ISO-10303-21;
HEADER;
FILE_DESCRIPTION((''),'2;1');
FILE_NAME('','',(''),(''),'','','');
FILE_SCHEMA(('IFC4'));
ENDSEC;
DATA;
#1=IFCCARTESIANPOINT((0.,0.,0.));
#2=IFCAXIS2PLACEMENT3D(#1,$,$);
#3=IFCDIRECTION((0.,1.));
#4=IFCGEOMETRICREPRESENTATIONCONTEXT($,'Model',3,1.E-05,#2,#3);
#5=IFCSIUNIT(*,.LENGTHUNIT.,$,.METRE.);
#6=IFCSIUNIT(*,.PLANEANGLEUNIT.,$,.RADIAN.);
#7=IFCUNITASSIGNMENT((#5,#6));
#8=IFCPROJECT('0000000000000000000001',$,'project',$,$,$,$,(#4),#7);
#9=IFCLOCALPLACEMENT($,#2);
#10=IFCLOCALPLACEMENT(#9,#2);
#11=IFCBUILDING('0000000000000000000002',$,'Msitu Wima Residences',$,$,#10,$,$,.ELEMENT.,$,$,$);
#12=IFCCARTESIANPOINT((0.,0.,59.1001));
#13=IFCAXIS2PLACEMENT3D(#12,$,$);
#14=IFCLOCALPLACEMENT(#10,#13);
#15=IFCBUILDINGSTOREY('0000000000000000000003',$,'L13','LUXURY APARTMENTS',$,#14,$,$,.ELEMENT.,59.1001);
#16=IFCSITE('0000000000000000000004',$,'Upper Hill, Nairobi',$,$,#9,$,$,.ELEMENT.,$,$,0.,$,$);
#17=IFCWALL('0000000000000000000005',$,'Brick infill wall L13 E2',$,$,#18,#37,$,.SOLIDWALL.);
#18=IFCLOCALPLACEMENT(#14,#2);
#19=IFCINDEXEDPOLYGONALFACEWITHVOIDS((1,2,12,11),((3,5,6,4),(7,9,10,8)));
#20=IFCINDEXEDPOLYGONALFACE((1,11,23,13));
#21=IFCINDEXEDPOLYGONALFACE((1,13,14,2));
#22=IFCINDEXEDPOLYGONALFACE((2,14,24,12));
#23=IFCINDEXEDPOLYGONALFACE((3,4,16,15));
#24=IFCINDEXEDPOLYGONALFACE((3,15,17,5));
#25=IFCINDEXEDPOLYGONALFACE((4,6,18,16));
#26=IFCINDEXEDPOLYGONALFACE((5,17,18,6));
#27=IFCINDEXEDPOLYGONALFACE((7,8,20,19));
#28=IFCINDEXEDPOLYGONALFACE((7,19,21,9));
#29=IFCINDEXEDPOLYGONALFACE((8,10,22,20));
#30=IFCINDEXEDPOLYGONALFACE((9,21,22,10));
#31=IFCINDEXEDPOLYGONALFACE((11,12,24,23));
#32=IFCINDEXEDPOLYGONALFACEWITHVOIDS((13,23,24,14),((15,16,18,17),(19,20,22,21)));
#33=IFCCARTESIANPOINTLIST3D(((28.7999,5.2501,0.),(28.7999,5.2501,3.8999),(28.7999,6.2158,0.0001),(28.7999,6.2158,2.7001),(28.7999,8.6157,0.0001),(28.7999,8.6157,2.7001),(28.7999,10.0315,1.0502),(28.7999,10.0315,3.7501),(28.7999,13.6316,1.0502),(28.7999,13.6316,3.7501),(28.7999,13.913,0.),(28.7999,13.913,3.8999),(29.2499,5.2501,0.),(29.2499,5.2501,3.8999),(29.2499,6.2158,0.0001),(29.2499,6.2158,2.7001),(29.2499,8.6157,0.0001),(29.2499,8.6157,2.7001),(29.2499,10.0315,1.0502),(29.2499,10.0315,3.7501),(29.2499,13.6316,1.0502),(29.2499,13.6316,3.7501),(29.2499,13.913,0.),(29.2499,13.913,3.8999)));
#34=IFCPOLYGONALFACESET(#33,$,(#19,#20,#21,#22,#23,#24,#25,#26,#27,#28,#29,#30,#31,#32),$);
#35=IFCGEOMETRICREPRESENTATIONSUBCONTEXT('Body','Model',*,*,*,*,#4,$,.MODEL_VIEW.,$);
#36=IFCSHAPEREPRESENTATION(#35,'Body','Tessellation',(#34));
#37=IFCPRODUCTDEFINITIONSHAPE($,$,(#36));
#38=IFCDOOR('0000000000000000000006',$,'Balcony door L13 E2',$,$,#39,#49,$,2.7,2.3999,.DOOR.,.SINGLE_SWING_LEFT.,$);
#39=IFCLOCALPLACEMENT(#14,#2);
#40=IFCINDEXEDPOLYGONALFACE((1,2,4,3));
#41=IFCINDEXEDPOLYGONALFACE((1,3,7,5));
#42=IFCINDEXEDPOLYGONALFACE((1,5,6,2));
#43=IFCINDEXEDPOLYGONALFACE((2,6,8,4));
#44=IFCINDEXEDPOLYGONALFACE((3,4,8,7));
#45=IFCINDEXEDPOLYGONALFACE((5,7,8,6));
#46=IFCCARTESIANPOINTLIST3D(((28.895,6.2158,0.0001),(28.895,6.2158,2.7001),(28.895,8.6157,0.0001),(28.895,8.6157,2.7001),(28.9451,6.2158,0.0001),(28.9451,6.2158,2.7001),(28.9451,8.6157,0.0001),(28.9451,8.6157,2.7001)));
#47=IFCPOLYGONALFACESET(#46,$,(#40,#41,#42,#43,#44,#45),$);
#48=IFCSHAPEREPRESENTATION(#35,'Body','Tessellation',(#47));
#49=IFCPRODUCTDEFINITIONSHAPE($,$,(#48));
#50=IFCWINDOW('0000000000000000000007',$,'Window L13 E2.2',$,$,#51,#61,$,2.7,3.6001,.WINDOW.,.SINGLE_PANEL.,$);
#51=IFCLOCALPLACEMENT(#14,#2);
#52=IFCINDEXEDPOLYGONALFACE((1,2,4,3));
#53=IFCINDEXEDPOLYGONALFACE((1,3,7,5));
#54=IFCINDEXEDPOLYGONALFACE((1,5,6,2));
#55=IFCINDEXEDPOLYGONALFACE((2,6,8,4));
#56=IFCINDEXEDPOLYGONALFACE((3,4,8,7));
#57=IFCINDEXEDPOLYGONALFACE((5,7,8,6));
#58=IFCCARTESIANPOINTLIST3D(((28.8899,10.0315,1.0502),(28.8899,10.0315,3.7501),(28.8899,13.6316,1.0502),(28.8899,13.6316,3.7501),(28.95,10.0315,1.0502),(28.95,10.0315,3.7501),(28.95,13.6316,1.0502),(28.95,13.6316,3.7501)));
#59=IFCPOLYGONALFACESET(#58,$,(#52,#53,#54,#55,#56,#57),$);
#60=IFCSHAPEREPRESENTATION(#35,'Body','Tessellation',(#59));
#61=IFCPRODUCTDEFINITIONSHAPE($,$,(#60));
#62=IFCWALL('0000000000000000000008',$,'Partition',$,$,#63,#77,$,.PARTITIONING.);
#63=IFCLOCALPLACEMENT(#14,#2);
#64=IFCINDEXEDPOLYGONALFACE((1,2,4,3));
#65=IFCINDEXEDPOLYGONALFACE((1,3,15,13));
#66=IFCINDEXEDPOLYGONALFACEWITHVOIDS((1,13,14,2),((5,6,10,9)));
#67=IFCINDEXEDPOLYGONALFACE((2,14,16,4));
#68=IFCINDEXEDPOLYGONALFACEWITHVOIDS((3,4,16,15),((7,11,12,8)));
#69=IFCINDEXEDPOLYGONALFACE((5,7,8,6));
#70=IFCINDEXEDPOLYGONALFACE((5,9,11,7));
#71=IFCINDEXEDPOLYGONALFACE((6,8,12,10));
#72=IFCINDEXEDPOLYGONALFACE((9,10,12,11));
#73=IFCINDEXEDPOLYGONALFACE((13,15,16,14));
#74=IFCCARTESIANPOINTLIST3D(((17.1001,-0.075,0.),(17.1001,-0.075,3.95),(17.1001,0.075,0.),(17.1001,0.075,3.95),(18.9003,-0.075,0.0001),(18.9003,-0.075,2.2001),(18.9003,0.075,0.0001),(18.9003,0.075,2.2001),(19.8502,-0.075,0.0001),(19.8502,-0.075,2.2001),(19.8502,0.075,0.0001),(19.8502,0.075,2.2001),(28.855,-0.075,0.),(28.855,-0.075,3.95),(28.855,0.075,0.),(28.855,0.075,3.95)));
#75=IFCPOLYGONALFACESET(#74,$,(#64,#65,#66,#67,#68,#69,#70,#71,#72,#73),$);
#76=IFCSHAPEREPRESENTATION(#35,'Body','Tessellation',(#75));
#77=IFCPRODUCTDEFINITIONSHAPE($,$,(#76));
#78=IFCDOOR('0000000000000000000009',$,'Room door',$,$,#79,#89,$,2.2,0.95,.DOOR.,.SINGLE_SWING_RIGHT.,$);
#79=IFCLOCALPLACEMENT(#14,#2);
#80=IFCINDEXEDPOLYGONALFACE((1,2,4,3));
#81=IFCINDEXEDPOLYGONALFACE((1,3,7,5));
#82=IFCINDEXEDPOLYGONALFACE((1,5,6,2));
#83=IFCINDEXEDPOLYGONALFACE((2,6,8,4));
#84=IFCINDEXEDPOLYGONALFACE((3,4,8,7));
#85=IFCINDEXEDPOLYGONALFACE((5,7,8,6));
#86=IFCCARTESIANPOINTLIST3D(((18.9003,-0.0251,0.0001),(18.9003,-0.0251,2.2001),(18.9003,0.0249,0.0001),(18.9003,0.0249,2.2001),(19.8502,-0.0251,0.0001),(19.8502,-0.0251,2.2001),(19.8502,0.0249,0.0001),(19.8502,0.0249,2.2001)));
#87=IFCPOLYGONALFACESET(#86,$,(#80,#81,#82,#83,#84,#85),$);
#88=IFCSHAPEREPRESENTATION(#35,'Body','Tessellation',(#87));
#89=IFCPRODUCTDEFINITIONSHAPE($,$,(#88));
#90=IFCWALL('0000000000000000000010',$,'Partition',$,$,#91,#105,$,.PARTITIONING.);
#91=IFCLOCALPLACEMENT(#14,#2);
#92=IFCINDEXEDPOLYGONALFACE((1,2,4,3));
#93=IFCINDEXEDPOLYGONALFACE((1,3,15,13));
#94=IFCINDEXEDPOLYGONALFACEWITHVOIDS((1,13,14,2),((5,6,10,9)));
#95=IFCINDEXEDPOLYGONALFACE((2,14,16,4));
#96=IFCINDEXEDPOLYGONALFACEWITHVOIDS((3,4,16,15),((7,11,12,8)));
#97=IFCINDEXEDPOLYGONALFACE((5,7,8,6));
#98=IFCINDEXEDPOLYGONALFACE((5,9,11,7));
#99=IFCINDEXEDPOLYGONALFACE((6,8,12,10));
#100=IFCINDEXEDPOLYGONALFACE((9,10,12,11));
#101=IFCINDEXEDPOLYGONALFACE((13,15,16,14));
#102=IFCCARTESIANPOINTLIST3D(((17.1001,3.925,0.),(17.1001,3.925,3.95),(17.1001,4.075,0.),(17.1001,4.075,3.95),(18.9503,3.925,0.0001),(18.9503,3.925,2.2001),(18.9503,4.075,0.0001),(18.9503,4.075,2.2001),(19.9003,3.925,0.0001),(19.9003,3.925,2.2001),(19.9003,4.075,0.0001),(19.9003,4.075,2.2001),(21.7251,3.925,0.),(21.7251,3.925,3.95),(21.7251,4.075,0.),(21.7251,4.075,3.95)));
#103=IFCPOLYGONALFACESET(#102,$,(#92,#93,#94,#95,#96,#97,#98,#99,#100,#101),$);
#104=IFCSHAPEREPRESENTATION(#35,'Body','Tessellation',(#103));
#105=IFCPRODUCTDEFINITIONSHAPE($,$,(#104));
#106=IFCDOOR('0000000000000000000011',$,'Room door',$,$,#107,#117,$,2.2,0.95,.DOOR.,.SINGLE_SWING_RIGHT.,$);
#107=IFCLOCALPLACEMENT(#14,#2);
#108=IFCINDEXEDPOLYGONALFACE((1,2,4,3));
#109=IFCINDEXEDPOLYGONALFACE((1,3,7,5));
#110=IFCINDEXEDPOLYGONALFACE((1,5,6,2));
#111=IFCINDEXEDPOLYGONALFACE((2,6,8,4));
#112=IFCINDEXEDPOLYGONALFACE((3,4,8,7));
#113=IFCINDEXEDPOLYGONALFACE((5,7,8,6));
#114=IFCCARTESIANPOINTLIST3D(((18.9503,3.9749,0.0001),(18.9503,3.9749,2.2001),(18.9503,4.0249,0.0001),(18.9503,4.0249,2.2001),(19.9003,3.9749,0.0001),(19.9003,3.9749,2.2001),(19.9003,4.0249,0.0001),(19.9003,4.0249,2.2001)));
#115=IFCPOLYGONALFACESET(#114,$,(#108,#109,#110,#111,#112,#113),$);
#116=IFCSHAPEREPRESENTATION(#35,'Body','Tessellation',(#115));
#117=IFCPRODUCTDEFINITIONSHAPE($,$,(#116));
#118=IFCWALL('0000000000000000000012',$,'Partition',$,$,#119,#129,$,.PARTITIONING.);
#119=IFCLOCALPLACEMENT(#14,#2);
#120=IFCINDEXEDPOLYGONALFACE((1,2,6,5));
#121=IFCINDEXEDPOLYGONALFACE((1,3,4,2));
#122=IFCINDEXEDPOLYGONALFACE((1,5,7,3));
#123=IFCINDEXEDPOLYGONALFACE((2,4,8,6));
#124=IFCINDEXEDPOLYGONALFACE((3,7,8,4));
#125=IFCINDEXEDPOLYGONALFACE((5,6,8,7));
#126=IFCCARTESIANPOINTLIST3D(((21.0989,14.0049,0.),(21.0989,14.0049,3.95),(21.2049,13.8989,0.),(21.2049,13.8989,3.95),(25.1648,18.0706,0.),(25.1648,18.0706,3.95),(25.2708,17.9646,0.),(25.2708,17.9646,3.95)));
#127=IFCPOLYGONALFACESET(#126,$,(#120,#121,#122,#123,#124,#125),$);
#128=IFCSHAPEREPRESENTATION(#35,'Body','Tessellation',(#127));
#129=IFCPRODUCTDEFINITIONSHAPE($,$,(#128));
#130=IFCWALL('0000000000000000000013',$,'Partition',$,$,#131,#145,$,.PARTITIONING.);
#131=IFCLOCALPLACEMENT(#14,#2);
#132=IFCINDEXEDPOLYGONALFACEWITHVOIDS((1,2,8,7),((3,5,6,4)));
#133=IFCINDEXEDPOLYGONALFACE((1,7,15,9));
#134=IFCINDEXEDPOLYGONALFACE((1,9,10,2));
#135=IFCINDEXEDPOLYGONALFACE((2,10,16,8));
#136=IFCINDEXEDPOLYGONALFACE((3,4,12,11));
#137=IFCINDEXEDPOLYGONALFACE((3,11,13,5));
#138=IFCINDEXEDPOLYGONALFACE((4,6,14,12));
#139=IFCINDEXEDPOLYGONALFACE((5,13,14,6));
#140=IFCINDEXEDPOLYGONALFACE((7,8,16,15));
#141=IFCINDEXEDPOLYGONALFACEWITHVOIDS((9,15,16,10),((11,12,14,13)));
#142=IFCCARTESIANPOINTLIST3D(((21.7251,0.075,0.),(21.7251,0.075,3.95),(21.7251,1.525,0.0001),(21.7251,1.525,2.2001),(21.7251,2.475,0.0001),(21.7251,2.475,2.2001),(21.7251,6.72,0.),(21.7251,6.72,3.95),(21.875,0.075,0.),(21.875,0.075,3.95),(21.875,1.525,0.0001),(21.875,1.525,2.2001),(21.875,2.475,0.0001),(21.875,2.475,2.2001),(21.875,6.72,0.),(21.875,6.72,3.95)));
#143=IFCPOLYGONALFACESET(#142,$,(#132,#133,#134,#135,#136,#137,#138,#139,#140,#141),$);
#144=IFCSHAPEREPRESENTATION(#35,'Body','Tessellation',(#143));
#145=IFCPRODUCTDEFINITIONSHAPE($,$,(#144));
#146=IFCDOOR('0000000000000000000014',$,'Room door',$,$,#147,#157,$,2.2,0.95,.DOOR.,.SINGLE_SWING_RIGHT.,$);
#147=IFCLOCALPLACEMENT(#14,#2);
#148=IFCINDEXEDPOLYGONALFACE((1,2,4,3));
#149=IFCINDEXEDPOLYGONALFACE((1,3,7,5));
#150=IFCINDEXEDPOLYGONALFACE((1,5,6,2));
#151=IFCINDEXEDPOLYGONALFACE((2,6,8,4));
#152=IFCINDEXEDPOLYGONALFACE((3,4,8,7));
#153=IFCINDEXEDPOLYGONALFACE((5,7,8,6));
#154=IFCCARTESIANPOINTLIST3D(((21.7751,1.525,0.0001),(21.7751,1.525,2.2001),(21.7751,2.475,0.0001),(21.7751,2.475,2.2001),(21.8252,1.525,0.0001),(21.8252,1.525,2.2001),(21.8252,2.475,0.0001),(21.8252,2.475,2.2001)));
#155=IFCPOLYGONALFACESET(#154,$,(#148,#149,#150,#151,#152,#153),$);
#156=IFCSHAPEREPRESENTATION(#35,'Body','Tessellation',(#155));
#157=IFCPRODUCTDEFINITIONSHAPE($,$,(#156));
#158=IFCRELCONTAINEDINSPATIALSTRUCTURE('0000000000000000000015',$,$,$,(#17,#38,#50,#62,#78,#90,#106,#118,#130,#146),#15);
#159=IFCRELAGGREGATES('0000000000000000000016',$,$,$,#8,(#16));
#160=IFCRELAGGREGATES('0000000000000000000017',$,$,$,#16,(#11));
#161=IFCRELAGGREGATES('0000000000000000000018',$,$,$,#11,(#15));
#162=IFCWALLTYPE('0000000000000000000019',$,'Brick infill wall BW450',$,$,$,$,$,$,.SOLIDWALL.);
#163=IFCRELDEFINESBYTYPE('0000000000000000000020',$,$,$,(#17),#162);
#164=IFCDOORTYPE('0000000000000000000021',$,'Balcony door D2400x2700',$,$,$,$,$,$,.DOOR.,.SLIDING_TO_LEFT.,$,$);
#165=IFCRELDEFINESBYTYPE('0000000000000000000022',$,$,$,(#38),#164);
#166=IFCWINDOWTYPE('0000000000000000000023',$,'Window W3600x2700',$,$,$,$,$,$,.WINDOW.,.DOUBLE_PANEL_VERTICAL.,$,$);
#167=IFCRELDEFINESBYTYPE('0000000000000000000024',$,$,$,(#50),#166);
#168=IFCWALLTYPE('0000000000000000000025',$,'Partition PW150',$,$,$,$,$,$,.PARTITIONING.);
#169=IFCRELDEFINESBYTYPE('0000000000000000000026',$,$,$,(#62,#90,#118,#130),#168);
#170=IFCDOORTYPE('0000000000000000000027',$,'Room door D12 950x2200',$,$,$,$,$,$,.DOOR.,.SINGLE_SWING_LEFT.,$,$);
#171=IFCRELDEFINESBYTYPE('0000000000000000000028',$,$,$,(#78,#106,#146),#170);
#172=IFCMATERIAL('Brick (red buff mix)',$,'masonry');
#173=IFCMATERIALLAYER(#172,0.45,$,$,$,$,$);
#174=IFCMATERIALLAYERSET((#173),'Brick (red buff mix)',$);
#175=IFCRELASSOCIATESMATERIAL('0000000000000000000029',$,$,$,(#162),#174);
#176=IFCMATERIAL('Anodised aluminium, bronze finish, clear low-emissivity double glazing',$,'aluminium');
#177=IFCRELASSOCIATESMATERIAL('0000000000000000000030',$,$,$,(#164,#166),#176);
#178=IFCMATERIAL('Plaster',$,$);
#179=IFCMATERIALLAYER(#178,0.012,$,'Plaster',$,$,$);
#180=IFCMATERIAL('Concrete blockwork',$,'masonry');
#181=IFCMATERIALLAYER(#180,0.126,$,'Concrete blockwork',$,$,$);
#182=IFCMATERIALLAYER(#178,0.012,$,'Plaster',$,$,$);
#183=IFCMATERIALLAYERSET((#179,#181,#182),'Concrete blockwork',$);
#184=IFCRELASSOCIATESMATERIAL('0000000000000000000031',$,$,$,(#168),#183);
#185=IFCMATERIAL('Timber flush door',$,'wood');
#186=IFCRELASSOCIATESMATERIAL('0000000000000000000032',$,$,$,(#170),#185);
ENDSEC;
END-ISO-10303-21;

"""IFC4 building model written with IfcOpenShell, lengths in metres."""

from ifc_helpers import new_model, si_unit, direction, frame, frame_2d, origin, place, context, subcontext, project, spatial, rectangle, extrude, material, layer, layer_set, type_object, element, fill, save


model = new_model("IFC4")

# Units and contexts
model_context = context("Model", 3, precision=1e-05, world=origin(), true_north=direction((0.0, 1.0)))
body_context = subcontext(model_context, "Body", "Model", "MODEL_VIEW")
ifc_project = project(units=[si_unit("LENGTHUNIT", "METRE"), si_unit("PLANEANGLEUNIT", "RADIAN")], contexts=[model_context])

# Site, building, storey
site_placement = place(None, origin())
site = spatial("IfcSite", under=ifc_project, at=site_placement, Name="Upper Hill, Nairobi", CompositionType="ELEMENT", RefElevation=0.0)
building_placement = place(site_placement, origin())
building = spatial("IfcBuilding", under=site, at=building_placement, Name="Msitu Wima Residences", CompositionType="ELEMENT")
storey_placement = place(building_placement, frame((0.0, 0.0, 59.1001)))
storey = spatial("IfcBuildingStorey", under=building, at=storey_placement, Name="L13", Description="LUXURY APARTMENTS", CompositionType="ELEMENT", Elevation=59.1001)

# Wall, openings, door, window
ifc_material_1 = material(Name="Brick (red buff mix)", Category="masonry")
ifc_layer_1 = layer(ifc_material_1, 0.45)
ifc_layer_set_1 = layer_set([ifc_layer_1], Name="Brick (red buff mix)")
wall_type_1 = type_object("IfcWallType", Name="Brick infill wall BW450", PredefinedType="SOLIDWALL", material=ifc_layer_set_1)
wall_1_placement = place(storey_placement, frame((29.0249, 5.25, 0.0), z_axis=(0.0, 0.0, 1.0), x_axis=(0.0, 1.0, 0.0)))
wall_1 = element("IfcWall", 1, at=wall_1_placement, inside=storey, type_object=wall_type_1, Name="Brick infill wall L13 E2", PredefinedType="SOLIDWALL", context=body_context, shape_type="SweptSolid", body=[
    extrude(rectangle(XDim=8.6628, YDim=0.45, at=frame_2d((4.3315, 0.0))), origin(), (0.0, 0.0, 1.0), 3.8999),
])
opening_1_placement = place(wall_1_placement, frame((0.9658, 0.0, 0.0)))
opening_1 = element("IfcOpeningElement", 2, at=opening_1_placement, cuts=wall_1, PredefinedType="OPENING", context=body_context, shape_type="SweptSolid", body=[
    extrude(rectangle(XDim=2.3999, YDim=2.7, at=frame_2d((1.2, 1.3501))), frame((0.0, 0.2349, 0.0), z_axis=(0.0, -1.0, 0.0), x_axis=(1.0, 0.0, 0.0)), (0.0, 0.0, 1.0), 0.47),
])
opening_2_placement = place(wall_1_placement, frame((4.7815, 0.0, 1.05)))
opening_2 = element("IfcOpeningElement", 3, at=opening_2_placement, cuts=wall_1, PredefinedType="OPENING", context=body_context, shape_type="SweptSolid", body=[
    extrude(rectangle(XDim=3.6001, YDim=2.7, at=frame_2d((1.8, 1.3501))), frame((0.0, 0.2349, 0.0), z_axis=(0.0, -1.0, 0.0), x_axis=(1.0, 0.0, 0.0)), (0.0, 0.0, 1.0), 0.47),
])
ifc_material_2 = material(Name="Anodised aluminium, bronze finish, clear low-emissivity double glazing", Category="aluminium")
door_type_1 = type_object("IfcDoorType", Name="Balcony door D2400x2700", OperationType="SLIDING_TO_LEFT", PredefinedType="DOOR", material=ifc_material_2)
door_1_placement = place(opening_1_placement, origin())
door_1 = element("IfcDoor", 4, at=door_1_placement, inside=storey, type_object=door_type_1, Name="Balcony door L13 E2", OperationType="SINGLE_SWING_LEFT", OverallHeight=2.7, OverallWidth=2.3999, PredefinedType="DOOR", context=body_context, shape_type="SweptSolid", body=[
    extrude(rectangle(XDim=2.3999, YDim=2.7, at=frame_2d((1.2, 1.3501))), frame((0.0, 0.1299, 0.0), z_axis=(0.0, -1.0, 0.0), x_axis=(1.0, 0.0, 0.0)), (0.0, 0.0, 1.0), 0.05),
])
fill(opening_1, door_1)
window_type = type_object("IfcWindowType", Name="Window W3600x2700", PartitioningType="DOUBLE_PANEL_VERTICAL", PredefinedType="WINDOW", material=ifc_material_2)
window_placement = place(opening_2_placement, origin())
window = element("IfcWindow", 5, at=window_placement, inside=storey, type_object=window_type, Name="Window L13 E2.2", OverallHeight=2.7, OverallWidth=3.6001, PartitioningType="SINGLE_PANEL", PredefinedType="WINDOW", context=body_context, shape_type="SweptSolid", body=[
    extrude(rectangle(XDim=3.6001, YDim=2.7, at=frame_2d((1.8, 1.3501))), frame((0.0, 0.135, 0.0), z_axis=(0.0, -1.0, 0.0), x_axis=(1.0, 0.0, 0.0)), (0.0, 0.0, 1.0), 0.0601),
])
fill(opening_2, window)

# Walls, openings, doors
ifc_material_3 = material(Name="Plaster")
ifc_layer_2 = layer(ifc_material_3, 0.012, Name="Plaster")
ifc_material_4 = material(Name="Concrete blockwork", Category="masonry")
ifc_layer_3 = layer(ifc_material_4, 0.126, Name="Concrete blockwork")
ifc_layer_4 = layer(ifc_material_3, 0.012, Name="Plaster")
ifc_layer_set_2 = layer_set([ifc_layer_2, ifc_layer_3, ifc_layer_4], Name="Concrete blockwork")
wall_type_2 = type_object("IfcWallType", Name="Partition PW150", PredefinedType="PARTITIONING", material=ifc_layer_set_2)
wall_2_placement = place(storey_placement, frame((17.1001, 0.0, 0.0), z_axis=(0.0, 0.0, 1.0), x_axis=(1.0, 0.0, 0.0)))
wall_2 = element("IfcWall", 6, at=wall_2_placement, inside=storey, type_object=wall_type_2, Name="Partition", PredefinedType="PARTITIONING", context=body_context, shape_type="SweptSolid", body=[
    extrude(rectangle(XDim=11.7549, YDim=0.1499, at=frame_2d((5.8774, 0.0))), origin(), (0.0, 0.0, 1.0), 3.95),
])
opening_3_placement = place(wall_2_placement, frame((1.8, 0.0, 0.0)))
opening_3 = element("IfcOpeningElement", 7, at=opening_3_placement, cuts=wall_2, PredefinedType="OPENING", context=body_context, shape_type="SweptSolid", body=[
    extrude(rectangle(XDim=0.95, YDim=2.2, at=frame_2d((0.4751, 1.1001))), frame((0.0, 0.085, 0.0), z_axis=(0.0, -1.0, 0.0), x_axis=(1.0, 0.0, 0.0)), (0.0, 0.0, 1.0), 0.1699),
])
ifc_material_5 = material(Name="Timber flush door", Category="wood")
door_type_2 = type_object("IfcDoorType", Name="Room door D12 950x2200", OperationType="SINGLE_SWING_LEFT", PredefinedType="DOOR", material=ifc_material_5)
door_2_placement = place(opening_3_placement, origin())
door_2 = element("IfcDoor", 8, at=door_2_placement, inside=storey, type_object=door_type_2, Name="Room door", OperationType="SINGLE_SWING_RIGHT", OverallHeight=2.2, OverallWidth=0.95, PredefinedType="DOOR", context=body_context, shape_type="SweptSolid", body=[
    extrude(rectangle(XDim=0.95, YDim=2.2, at=frame_2d((0.4751, 1.1001))), frame((0.0, 0.0249, 0.0), z_axis=(0.0, -1.0, 0.0), x_axis=(1.0, 0.0, 0.0)), (0.0, 0.0, 1.0), 0.05),
])
fill(opening_3, door_2)
wall_3_placement = place(storey_placement, frame((17.1001, 4.0, 0.0), z_axis=(0.0, 0.0, 1.0), x_axis=(1.0, 0.0, 0.0)))
wall_3 = element("IfcWall", 9, at=wall_3_placement, inside=storey, type_object=wall_type_2, Name="Partition", PredefinedType="PARTITIONING", context=body_context, shape_type="SweptSolid", body=[
    extrude(rectangle(XDim=4.625, YDim=0.1499, at=frame_2d((2.3125, 0.0))), origin(), (0.0, 0.0, 1.0), 3.95),
])
opening_4_placement = place(wall_3_placement, frame((1.8501, 0.0, 0.0)))
opening_4 = element("IfcOpeningElement", 10, at=opening_4_placement, cuts=wall_3, PredefinedType="OPENING", context=body_context, shape_type="SweptSolid", body=[
    extrude(rectangle(XDim=0.95, YDim=2.2, at=frame_2d((0.4751, 1.1001))), frame((0.0, 0.085, 0.0), z_axis=(0.0, -1.0, 0.0), x_axis=(1.0, 0.0, 0.0)), (0.0, 0.0, 1.0), 0.1699),
])
door_3_placement = place(opening_4_placement, origin())
door_3 = element("IfcDoor", 11, at=door_3_placement, inside=storey, type_object=door_type_2, Name="Room door", OperationType="SINGLE_SWING_RIGHT", OverallHeight=2.2, OverallWidth=0.95, PredefinedType="DOOR", context=body_context, shape_type="SweptSolid", body=[
    extrude(rectangle(XDim=0.95, YDim=2.2, at=frame_2d((0.4751, 1.1001))), frame((0.0, 0.0249, 0.0), z_axis=(0.0, -1.0, 0.0), x_axis=(1.0, 0.0, 0.0)), (0.0, 0.0, 1.0), 0.05),
])
fill(opening_4, door_3)

# Wall
wall_4_placement = place(storey_placement, frame((21.1519, 13.9519, 0.0), z_axis=(0.0, 0.0, 1.0), x_axis=(0.707128, 0.707086, 0.0)))
element("IfcWall", 12, at=wall_4_placement, inside=storey, type_object=wall_type_2, Name="Partition", PredefinedType="PARTITIONING", context=body_context, shape_type="SweptSolid", body=[
    extrude(rectangle(XDim=5.75, YDim=0.1499, at=frame_2d((2.875, 0.0))), origin(), (0.0, 0.0, 1.0), 3.95),
])

# Wall, opening, door
wall_5_placement = place(storey_placement, frame((21.8, 0.075, 0.0), z_axis=(0.0, 0.0, 1.0), x_axis=(0.0, 1.0, 0.0)))
wall_5 = element("IfcWall", 13, at=wall_5_placement, inside=storey, type_object=wall_type_2, Name="Partition", PredefinedType="PARTITIONING", context=body_context, shape_type="SweptSolid", body=[
    extrude(rectangle(XDim=6.645, YDim=0.1499, at=frame_2d((3.3225, 0.0))), origin(), (0.0, 0.0, 1.0), 3.95),
])
opening_5_placement = place(wall_5_placement, frame((1.45, 0.0, 0.0)))
opening_5 = element("IfcOpeningElement", 14, at=opening_5_placement, cuts=wall_5, PredefinedType="OPENING", context=body_context, shape_type="SweptSolid", body=[
    extrude(rectangle(XDim=0.95, YDim=2.2, at=frame_2d((0.4751, 1.1001))), frame((0.0, 0.085, 0.0), z_axis=(0.0, -1.0, 0.0), x_axis=(1.0, 0.0, 0.0)), (0.0, 0.0, 1.0), 0.1699),
])
door_4_placement = place(opening_5_placement, origin())
door_4 = element("IfcDoor", 15, at=door_4_placement, inside=storey, type_object=door_type_2, Name="Room door", OperationType="SINGLE_SWING_RIGHT", OverallHeight=2.2, OverallWidth=0.95, PredefinedType="DOOR", context=body_context, shape_type="SweptSolid", body=[
    extrude(rectangle(XDim=0.95, YDim=2.2, at=frame_2d((0.4751, 1.1001))), frame((0.0, 0.0249, 0.0), z_axis=(0.0, -1.0, 0.0), x_axis=(1.0, 0.0, 0.0)), (0.0, 0.0, 1.0), 0.05),
])
fill(opening_5, door_4)

save(model, "model.ifc")
